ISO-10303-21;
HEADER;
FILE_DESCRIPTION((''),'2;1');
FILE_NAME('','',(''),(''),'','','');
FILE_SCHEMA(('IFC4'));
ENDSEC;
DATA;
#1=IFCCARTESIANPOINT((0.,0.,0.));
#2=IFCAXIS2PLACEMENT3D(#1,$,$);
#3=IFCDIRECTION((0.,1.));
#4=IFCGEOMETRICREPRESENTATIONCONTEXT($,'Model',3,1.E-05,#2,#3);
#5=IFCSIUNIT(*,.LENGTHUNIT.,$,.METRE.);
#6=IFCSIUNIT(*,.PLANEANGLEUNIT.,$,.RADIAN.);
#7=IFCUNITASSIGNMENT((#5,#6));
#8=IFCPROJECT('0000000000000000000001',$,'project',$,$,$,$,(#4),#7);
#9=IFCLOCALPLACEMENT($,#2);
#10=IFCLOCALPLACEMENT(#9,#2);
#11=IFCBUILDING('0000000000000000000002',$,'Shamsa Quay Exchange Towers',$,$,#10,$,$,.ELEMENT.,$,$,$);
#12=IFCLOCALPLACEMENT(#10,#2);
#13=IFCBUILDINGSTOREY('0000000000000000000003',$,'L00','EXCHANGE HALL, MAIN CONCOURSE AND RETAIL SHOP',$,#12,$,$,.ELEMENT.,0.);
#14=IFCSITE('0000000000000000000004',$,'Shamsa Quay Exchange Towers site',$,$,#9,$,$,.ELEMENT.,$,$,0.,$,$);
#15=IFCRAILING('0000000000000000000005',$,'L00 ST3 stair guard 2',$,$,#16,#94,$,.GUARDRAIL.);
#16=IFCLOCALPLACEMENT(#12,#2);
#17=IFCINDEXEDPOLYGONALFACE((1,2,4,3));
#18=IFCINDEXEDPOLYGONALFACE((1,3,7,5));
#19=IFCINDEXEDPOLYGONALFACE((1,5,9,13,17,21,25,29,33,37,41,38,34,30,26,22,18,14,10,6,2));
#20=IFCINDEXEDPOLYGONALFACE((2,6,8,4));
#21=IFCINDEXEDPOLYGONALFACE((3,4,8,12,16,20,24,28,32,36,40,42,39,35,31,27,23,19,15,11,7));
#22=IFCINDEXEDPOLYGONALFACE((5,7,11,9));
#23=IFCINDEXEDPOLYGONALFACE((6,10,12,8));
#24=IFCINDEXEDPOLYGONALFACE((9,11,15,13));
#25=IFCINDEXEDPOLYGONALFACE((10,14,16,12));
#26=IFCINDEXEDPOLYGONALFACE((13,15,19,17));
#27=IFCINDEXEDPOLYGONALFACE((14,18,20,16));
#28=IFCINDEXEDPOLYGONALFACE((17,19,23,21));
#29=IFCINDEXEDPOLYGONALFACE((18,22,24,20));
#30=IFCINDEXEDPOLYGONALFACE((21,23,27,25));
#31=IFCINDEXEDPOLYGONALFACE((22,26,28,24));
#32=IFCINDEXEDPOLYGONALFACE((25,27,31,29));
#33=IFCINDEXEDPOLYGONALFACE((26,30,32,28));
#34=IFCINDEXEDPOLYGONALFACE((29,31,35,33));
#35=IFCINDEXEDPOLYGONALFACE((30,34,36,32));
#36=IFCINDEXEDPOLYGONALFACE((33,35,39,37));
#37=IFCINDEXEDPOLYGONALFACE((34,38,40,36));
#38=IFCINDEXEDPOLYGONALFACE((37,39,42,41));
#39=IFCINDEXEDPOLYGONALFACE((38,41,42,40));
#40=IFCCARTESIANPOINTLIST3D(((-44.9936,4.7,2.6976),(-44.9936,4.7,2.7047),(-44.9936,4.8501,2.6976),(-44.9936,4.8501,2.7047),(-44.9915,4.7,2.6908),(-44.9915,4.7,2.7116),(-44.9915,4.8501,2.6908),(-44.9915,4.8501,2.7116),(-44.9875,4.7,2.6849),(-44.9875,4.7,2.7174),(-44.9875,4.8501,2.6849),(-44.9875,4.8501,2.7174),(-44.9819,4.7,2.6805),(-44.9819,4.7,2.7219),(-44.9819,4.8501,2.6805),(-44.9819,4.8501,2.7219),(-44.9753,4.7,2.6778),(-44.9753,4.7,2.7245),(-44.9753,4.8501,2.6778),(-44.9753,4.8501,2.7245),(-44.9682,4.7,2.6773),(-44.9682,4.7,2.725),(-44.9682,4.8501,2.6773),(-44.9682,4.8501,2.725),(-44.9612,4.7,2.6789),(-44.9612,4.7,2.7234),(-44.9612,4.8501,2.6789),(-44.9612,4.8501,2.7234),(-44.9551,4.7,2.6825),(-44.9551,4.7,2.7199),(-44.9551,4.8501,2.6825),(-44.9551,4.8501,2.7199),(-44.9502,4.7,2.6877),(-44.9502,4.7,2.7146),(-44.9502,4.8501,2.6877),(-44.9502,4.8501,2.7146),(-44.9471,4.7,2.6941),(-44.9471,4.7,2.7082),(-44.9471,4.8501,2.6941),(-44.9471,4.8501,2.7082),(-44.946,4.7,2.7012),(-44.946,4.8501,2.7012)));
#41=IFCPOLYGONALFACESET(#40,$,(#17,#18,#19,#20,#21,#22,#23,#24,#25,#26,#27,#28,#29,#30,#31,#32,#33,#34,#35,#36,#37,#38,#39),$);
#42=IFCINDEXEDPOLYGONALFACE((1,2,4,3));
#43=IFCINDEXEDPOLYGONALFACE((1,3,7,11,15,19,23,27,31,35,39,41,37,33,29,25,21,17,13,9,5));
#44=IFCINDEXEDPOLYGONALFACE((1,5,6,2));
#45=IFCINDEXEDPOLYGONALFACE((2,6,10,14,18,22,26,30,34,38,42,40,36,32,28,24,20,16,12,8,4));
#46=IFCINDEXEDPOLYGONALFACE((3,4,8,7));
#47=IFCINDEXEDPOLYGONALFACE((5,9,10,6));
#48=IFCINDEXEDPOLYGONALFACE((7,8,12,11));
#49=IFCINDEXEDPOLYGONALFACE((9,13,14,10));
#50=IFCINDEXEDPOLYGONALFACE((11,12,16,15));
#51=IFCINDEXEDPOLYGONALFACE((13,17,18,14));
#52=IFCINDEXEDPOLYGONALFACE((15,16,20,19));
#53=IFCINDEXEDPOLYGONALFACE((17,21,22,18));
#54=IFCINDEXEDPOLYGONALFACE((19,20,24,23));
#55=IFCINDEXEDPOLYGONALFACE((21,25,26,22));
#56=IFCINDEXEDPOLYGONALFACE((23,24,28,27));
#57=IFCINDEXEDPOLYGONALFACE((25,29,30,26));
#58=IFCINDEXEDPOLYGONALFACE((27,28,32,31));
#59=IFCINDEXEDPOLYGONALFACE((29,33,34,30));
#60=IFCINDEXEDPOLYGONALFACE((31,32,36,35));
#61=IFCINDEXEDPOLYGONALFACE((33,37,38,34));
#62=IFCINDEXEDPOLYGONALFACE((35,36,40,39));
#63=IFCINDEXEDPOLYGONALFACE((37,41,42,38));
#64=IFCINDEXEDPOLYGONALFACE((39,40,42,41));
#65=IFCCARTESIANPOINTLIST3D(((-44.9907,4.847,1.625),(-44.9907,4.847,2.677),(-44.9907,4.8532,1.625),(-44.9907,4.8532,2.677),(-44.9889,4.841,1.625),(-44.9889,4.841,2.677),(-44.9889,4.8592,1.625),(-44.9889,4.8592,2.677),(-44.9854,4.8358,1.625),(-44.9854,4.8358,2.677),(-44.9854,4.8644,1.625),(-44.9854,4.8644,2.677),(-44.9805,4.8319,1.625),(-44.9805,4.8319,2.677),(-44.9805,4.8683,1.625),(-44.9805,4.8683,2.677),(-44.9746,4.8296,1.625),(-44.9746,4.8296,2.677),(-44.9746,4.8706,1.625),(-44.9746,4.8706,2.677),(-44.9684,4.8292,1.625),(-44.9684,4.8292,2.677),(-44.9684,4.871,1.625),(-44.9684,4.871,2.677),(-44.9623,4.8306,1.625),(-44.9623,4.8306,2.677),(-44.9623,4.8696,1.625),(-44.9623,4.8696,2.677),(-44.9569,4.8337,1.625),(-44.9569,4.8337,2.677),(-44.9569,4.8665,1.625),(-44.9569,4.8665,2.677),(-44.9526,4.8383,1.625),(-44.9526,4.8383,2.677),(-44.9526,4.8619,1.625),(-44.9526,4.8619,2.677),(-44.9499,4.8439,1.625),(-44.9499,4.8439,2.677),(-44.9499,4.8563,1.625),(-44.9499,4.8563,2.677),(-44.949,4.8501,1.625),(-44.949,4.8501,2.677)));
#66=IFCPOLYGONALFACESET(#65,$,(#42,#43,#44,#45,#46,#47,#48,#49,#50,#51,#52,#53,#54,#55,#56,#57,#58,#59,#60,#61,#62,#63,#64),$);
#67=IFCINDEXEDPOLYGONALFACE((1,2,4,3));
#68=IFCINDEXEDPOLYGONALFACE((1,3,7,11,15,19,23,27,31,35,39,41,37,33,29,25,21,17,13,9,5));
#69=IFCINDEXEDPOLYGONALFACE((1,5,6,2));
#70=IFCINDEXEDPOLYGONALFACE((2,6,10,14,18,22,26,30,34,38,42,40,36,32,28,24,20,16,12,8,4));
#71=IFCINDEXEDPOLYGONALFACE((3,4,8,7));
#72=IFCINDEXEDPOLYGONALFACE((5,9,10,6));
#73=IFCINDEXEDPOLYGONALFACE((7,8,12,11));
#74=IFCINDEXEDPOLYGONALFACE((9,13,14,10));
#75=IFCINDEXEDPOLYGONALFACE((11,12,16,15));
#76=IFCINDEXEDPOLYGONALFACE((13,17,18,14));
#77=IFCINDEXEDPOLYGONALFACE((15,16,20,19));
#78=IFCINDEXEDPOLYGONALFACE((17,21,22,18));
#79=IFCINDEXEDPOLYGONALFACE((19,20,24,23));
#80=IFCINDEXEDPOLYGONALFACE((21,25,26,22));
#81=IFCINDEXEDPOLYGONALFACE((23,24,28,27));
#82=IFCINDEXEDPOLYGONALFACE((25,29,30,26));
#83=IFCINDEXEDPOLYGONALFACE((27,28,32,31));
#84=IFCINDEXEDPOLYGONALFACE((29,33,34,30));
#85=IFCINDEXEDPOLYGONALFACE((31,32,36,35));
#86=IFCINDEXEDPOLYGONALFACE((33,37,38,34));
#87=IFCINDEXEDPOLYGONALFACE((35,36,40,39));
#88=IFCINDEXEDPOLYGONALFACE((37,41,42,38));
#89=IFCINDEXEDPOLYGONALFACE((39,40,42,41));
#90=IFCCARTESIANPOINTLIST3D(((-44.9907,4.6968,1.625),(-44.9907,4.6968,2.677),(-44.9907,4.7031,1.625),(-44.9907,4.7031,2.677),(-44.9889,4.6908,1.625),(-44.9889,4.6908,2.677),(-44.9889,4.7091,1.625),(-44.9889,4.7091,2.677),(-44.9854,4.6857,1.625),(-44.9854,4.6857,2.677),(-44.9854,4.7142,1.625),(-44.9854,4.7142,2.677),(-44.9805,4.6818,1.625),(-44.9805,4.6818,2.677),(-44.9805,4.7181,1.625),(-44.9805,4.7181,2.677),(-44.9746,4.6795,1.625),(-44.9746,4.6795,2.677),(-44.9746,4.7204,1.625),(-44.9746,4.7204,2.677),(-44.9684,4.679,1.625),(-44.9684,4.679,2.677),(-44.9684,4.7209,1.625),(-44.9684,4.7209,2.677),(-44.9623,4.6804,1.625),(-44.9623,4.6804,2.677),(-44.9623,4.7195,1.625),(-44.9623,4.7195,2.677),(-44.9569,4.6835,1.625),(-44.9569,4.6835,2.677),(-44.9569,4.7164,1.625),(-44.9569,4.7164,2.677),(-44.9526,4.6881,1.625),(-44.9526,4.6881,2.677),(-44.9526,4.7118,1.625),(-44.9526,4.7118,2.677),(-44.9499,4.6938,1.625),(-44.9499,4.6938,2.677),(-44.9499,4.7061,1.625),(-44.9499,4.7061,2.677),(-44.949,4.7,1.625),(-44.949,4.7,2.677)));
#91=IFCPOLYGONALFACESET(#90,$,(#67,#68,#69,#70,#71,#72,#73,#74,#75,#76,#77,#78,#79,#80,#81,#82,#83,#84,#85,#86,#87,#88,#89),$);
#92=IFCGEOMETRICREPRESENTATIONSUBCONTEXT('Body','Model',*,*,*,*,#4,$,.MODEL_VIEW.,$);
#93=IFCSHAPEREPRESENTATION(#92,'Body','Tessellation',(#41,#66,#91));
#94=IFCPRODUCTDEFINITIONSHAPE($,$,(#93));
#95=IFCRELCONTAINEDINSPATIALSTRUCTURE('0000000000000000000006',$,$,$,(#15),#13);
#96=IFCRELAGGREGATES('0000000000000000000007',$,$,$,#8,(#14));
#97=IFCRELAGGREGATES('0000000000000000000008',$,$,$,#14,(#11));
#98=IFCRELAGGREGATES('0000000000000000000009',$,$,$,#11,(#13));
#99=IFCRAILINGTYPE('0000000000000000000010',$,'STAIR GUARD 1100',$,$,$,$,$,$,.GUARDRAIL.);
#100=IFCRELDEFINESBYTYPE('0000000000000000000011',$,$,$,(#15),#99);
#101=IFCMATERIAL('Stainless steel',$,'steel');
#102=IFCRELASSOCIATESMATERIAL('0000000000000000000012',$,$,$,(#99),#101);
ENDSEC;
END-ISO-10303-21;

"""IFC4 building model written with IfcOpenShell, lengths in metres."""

from ifc_helpers import new_model, si_unit, direction, frame, origin, origin_2d, place, context, subcontext, project, spatial, circle, extrude, material, type_object, element, save


model = new_model("IFC4")

# Units and contexts
model_context = context("Model", 3, precision=1e-05, world=origin(), true_north=direction((0.0, 1.0)))
body_context = subcontext(model_context, "Body", "Model", "MODEL_VIEW")
ifc_project = project(units=[si_unit("LENGTHUNIT", "METRE"), si_unit("PLANEANGLEUNIT", "RADIAN")], contexts=[model_context])

# Site, building, storey
site_placement = place(None, origin())
site = spatial("IfcSite", under=ifc_project, at=site_placement, Name="Shamsa Quay Exchange Towers site", CompositionType="ELEMENT", RefElevation=0.0)
building_placement = place(site_placement, origin())
building = spatial("IfcBuilding", under=site, at=building_placement, Name="Shamsa Quay Exchange Towers", CompositionType="ELEMENT")
storey_placement = place(building_placement, origin())
storey = spatial("IfcBuildingStorey", under=building, at=storey_placement, Name="L00", Description="EXCHANGE HALL, MAIN CONCOURSE AND RETAIL SHOP", CompositionType="ELEMENT", Elevation=0.0)

# Railing
ifc_material_1 = material(Name="Stainless steel", Category="steel")
railing_type_1 = type_object("IfcRailingType", Name="STAIR GUARD 1100", PredefinedType="GUARDRAIL", material=ifc_material_1)
railing_placement = place(storey_placement, frame((-44.97, 4.8501, 1.625)))
element("IfcRailing", 1, at=railing_placement, inside=storey, type_object=railing_type_1, Name="L00 ST3 stair guard 2", PredefinedType="GUARDRAIL", context=body_context, shape_type="SweptSolid", body=[
    extrude(circle(Radius=0.0239, at=origin_2d()), frame((0.0, 0.0, 1.0762), z_axis=(0.0, -1.0, 0.0), x_axis=(1.0, 0.0, 0.0)), (0.0, 0.0, 1.0), 0.1501),
    extrude(circle(Radius=0.021, at=origin_2d()), origin(), (0.0, 0.0, 1.0), 1.052),
    extrude(circle(Radius=0.021, at=origin_2d()), frame((0.0, -0.1501, 0.0)), (0.0, 0.0, 1.0), 1.052),
])

save(model, "model.ifc")
